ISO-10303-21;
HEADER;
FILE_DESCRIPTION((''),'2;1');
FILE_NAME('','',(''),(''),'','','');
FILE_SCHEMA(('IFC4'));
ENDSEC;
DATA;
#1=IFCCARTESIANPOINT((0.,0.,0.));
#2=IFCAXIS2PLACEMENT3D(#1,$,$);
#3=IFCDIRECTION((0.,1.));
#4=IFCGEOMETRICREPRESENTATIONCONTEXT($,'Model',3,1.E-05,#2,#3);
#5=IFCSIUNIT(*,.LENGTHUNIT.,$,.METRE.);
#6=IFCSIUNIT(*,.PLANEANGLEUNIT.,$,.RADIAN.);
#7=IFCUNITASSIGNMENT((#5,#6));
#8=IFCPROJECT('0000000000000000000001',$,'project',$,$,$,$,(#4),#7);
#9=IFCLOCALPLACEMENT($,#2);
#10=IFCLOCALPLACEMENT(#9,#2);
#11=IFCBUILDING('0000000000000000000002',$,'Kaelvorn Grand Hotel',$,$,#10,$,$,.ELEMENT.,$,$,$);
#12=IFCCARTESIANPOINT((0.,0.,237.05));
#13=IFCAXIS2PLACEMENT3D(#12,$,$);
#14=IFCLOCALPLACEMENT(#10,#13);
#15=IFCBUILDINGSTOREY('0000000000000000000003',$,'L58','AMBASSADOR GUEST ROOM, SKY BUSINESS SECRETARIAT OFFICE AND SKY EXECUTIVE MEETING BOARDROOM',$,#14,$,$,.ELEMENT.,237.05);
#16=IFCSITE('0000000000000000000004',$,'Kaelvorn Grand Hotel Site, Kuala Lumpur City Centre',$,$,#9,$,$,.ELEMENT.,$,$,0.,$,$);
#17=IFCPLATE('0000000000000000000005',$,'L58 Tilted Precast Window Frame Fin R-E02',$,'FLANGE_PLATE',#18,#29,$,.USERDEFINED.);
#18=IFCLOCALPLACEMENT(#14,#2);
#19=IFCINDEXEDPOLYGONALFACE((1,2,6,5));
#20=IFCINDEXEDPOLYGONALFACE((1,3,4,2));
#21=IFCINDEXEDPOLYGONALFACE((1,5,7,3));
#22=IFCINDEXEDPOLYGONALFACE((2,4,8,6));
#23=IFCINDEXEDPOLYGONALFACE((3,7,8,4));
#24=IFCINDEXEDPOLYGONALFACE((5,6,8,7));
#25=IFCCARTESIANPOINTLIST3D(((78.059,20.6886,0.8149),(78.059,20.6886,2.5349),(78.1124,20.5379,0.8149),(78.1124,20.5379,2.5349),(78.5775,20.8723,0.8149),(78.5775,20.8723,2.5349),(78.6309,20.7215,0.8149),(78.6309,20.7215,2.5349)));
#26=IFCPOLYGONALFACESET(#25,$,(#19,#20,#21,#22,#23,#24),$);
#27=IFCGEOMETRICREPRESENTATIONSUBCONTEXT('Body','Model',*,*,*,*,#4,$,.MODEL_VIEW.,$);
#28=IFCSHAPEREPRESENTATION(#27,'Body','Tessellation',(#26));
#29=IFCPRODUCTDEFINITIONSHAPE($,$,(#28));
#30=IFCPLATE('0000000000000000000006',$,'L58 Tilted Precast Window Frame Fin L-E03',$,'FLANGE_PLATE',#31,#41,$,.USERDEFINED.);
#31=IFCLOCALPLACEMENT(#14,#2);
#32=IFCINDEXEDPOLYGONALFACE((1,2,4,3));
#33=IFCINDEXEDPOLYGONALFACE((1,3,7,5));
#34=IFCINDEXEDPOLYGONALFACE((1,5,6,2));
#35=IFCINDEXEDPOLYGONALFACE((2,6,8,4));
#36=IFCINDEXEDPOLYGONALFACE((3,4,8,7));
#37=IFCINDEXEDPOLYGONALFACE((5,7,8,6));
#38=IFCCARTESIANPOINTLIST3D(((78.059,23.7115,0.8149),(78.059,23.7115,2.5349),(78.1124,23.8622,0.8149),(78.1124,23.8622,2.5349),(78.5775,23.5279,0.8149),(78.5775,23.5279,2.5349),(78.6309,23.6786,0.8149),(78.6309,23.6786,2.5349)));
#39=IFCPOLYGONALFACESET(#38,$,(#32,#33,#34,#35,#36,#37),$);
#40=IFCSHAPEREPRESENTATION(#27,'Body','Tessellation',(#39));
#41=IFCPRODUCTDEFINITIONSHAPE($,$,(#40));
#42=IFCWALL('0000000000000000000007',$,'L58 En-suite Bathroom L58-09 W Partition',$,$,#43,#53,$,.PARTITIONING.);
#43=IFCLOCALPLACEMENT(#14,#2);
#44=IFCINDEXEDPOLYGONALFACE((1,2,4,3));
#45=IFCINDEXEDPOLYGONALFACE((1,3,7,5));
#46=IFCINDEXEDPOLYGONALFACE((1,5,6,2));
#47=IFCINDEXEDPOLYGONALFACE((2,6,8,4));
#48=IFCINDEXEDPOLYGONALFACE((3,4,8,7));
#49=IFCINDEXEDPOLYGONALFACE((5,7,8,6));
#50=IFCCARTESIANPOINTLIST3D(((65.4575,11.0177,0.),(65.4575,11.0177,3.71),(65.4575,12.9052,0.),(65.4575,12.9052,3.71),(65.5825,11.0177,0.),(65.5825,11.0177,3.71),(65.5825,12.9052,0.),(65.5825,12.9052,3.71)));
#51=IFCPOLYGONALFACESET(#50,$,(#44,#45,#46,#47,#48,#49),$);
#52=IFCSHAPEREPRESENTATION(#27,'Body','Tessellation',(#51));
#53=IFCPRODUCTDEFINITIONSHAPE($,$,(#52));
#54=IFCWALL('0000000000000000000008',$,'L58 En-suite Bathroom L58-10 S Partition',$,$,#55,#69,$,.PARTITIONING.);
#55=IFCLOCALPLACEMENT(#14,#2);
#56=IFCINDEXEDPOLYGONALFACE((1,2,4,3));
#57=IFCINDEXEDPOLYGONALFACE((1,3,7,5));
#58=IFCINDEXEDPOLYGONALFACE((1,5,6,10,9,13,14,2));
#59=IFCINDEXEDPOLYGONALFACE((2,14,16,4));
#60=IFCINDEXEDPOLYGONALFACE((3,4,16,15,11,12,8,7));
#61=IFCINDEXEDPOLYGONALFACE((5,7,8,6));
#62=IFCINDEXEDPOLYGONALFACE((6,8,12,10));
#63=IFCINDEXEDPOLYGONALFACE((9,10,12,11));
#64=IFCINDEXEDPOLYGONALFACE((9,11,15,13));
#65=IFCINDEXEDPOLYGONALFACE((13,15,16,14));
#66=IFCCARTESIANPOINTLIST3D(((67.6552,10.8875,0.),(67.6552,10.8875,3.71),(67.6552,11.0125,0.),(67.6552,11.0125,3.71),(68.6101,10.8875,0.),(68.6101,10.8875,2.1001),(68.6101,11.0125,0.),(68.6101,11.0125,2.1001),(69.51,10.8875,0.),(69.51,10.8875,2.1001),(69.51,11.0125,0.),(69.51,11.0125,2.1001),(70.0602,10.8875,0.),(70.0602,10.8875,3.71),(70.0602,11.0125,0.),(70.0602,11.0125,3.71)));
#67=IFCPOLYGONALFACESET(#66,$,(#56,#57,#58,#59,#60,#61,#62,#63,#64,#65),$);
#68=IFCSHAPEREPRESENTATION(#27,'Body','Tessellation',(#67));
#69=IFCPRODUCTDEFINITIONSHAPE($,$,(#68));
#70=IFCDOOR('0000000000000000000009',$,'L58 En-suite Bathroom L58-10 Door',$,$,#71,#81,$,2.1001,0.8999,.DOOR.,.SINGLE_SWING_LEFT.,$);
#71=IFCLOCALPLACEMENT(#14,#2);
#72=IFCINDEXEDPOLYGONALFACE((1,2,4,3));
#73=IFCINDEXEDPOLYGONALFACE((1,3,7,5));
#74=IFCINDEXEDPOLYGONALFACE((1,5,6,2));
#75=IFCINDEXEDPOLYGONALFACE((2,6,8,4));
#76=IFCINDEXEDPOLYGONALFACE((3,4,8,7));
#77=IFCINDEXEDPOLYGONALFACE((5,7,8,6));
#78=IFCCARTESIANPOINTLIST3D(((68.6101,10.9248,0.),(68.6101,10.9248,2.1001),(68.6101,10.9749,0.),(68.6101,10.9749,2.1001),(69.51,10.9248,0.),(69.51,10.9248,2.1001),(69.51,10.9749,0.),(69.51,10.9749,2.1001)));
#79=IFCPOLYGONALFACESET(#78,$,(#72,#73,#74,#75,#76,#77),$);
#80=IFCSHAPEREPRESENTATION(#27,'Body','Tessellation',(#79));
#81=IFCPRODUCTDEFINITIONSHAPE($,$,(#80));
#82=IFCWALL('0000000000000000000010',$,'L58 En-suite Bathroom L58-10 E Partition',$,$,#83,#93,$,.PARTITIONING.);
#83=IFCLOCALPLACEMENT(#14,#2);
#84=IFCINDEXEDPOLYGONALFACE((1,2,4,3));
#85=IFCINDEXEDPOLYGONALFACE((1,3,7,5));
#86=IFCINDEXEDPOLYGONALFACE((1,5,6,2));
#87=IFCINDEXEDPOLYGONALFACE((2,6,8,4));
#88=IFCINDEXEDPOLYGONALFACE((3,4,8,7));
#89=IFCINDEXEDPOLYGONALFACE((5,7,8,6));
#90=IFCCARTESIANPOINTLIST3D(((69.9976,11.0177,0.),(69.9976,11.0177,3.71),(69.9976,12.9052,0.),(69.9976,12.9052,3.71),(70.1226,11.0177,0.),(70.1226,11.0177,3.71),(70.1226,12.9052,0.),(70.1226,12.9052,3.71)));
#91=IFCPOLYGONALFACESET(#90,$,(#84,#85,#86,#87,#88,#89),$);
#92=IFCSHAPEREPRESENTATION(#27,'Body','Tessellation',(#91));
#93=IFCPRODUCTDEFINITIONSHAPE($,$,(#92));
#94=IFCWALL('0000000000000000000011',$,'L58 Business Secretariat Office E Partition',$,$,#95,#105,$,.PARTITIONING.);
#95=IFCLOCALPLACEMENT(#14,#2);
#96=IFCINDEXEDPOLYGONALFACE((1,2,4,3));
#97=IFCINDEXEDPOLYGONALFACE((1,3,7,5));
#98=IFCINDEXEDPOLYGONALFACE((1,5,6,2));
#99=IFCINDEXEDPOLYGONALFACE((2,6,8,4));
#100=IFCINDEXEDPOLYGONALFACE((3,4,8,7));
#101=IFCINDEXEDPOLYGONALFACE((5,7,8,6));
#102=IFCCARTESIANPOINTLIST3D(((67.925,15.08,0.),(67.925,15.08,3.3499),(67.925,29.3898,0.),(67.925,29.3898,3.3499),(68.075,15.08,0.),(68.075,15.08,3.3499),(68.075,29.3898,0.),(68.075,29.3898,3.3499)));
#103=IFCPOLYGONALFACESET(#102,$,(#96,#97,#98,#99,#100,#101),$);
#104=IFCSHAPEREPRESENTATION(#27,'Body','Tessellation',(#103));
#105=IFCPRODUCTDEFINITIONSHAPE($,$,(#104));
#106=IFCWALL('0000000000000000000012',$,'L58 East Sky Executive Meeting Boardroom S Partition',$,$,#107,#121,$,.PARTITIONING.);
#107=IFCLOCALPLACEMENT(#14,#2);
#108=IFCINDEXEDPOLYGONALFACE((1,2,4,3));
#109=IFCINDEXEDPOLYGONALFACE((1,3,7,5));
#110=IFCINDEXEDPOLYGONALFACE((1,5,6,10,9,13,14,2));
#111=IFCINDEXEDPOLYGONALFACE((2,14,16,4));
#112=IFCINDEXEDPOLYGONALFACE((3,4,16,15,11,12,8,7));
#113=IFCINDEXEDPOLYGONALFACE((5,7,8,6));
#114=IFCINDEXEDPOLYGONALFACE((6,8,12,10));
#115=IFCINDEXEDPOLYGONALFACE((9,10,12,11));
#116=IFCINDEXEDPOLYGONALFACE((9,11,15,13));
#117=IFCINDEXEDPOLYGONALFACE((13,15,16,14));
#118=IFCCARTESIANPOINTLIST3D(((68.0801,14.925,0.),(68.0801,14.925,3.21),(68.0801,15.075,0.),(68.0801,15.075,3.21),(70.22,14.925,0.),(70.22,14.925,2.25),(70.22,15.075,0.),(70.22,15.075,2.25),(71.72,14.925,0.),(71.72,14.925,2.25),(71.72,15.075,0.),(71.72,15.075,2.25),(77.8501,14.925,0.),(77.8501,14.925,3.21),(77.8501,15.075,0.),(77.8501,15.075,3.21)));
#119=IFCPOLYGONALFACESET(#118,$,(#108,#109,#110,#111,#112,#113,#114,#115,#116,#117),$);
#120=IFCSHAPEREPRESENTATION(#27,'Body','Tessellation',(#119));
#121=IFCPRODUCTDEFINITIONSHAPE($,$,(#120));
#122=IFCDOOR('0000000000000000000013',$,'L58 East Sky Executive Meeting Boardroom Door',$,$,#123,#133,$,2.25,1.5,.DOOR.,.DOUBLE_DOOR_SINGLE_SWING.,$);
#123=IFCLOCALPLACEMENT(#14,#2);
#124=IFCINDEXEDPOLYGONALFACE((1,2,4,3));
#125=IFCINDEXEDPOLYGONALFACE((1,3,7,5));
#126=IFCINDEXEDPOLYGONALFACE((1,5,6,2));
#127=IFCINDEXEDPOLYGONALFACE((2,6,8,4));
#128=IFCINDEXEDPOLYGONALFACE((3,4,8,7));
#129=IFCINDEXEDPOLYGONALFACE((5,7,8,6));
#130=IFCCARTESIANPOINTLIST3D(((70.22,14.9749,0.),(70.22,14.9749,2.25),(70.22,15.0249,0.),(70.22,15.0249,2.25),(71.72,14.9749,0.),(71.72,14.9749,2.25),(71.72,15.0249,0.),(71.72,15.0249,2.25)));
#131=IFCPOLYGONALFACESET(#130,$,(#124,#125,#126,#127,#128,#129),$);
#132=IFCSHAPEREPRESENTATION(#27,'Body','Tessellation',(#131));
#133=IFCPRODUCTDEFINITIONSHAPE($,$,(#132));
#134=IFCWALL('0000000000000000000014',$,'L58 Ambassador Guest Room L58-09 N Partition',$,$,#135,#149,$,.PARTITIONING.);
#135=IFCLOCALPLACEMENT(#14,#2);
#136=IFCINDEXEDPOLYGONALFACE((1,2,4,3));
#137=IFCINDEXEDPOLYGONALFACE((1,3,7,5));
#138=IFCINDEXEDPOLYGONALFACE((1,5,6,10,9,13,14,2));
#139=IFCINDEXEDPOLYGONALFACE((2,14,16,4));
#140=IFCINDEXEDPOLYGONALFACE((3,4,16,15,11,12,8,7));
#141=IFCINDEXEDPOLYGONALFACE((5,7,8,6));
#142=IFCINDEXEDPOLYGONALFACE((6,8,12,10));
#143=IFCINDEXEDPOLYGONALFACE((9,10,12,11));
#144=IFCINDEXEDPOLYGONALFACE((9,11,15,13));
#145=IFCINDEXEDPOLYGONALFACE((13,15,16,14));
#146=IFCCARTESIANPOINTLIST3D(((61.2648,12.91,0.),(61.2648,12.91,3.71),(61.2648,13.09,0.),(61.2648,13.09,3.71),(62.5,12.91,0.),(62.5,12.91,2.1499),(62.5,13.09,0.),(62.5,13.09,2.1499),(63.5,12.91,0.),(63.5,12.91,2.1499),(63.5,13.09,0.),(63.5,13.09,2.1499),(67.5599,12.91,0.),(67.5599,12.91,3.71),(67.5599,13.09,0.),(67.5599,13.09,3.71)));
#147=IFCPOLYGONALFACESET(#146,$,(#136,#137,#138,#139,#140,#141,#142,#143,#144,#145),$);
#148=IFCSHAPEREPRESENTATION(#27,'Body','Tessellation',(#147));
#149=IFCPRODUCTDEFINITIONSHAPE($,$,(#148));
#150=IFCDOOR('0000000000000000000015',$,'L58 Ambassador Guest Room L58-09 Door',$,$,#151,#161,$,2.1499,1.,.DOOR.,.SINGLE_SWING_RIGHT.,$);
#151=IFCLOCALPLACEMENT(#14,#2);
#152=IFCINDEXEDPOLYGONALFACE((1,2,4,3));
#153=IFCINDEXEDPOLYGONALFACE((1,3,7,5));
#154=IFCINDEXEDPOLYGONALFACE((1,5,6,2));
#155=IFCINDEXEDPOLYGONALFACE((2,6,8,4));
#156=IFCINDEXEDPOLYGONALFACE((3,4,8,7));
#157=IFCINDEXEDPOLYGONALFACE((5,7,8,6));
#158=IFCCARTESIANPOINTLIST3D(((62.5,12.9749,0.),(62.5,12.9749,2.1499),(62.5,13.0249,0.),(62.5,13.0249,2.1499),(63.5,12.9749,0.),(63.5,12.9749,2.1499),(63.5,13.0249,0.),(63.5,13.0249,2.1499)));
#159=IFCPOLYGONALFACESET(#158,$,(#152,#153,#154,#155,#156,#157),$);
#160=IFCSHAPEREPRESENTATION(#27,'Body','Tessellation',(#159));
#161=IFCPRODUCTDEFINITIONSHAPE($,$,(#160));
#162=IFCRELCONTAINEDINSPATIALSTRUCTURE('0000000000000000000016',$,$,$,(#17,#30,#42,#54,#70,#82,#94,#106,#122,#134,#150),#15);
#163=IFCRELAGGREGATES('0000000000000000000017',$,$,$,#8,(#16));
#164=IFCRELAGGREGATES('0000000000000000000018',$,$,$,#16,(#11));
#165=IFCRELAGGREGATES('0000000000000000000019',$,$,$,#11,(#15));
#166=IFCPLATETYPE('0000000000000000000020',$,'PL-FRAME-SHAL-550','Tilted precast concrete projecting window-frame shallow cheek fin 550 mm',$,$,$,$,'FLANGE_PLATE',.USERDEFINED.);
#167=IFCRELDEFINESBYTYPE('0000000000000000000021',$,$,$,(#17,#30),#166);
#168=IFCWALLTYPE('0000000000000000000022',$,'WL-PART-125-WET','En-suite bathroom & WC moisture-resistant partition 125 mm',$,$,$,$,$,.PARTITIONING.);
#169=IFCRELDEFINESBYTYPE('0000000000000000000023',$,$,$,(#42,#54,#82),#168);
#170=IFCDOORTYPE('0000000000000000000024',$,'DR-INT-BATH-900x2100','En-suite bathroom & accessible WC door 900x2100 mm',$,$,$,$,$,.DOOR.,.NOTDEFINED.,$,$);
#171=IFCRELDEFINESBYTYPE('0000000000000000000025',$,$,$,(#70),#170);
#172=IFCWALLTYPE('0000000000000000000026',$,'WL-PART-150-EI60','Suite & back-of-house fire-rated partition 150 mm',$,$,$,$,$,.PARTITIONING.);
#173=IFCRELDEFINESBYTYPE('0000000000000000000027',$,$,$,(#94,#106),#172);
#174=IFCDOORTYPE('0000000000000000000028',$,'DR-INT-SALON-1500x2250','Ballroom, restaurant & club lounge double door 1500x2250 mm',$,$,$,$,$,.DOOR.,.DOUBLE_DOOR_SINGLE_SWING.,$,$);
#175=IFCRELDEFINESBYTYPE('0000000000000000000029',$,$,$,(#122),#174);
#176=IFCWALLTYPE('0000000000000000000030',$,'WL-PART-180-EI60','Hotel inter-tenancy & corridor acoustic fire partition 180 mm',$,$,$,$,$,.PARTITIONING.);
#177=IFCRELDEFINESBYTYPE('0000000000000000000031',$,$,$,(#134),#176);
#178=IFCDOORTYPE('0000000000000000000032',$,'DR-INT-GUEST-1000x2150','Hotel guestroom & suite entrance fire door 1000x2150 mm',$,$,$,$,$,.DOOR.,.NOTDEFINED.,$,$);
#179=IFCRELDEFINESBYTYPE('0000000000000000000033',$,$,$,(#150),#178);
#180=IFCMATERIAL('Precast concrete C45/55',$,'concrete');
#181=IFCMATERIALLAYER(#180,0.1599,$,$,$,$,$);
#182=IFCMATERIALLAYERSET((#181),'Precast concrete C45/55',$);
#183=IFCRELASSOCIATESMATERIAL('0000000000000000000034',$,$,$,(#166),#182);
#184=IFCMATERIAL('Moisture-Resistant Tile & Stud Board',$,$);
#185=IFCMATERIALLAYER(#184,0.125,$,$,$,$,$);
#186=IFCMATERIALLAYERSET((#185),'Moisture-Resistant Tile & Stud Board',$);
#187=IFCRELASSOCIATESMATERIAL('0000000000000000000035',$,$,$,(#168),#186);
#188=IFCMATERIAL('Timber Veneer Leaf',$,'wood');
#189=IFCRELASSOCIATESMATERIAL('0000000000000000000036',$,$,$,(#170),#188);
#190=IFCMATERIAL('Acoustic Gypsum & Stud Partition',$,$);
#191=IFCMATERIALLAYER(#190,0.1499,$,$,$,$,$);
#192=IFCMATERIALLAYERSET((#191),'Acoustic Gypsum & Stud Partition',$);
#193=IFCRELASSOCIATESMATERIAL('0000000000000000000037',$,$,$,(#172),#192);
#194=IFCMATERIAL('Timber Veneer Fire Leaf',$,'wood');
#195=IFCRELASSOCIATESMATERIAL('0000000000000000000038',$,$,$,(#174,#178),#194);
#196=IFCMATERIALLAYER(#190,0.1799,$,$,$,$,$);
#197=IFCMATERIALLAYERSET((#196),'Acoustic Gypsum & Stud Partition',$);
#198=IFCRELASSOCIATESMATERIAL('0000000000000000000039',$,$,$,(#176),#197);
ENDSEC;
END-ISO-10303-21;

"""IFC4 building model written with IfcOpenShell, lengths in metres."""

from ifc_helpers import new_model, si_unit, direction, frame, frame_2d, origin, origin_2d, place, context, subcontext, project, spatial, rectangle, extrude, material, layer, layer_set, type_object, element, fill, save


model = new_model("IFC4")

# Units and contexts
model_context = context("Model", 3, precision=1e-05, world=origin(), true_north=direction((0.0, 1.0)))
body_context = subcontext(model_context, "Body", "Model", "MODEL_VIEW")
ifc_project = project(units=[si_unit("LENGTHUNIT", "METRE"), si_unit("PLANEANGLEUNIT", "RADIAN")], contexts=[model_context])

# Site, building, storey
site_placement = place(None, origin())
site = spatial("IfcSite", under=ifc_project, at=site_placement, Name="Kaelvorn Grand Hotel Site, Kuala Lumpur City Centre", CompositionType="ELEMENT", RefElevation=0.0)
building_placement = place(site_placement, origin())
building = spatial("IfcBuilding", under=site, at=building_placement, Name="Kaelvorn Grand Hotel", CompositionType="ELEMENT")
storey_placement = place(building_placement, frame((0.0, 0.0, 237.05)))
storey = spatial("IfcBuildingStorey", under=building, at=storey_placement, Name="L58", Description="AMBASSADOR GUEST ROOM, SKY BUSINESS SECRETARIAT OFFICE AND SKY EXECUTIVE MEETING BOARDROOM", CompositionType="ELEMENT", Elevation=237.05)

# Plates
ifc_material_1 = material(Name="Precast concrete C45/55", Category="concrete")
ifc_layer_1 = layer(ifc_material_1, 0.1599)
ifc_layer_set_1 = layer_set([ifc_layer_1], Name="Precast concrete C45/55")
plate_type_1 = type_object("IfcPlateType", Name="PL-FRAME-SHAL-550", Description="Tilted precast concrete projecting window-frame shallow cheek fin 550 mm", ElementType="FLANGE_PLATE", PredefinedType="USERDEFINED", material=ifc_layer_set_1)
for number, where, z_axis, x_axis, name in (
    (1, (78.345, 20.7051, 0.8149), (0.0, 0.0, 1.0), (-0.333807, 0.942641, 0.0), "L58 Tilted Precast Window Frame Fin R-E02"),
    (2, (78.345, 23.6951, 0.8149), (0.0, 0.0, 1.0), (0.333807, 0.942641, 0.0), "L58 Tilted Precast Window Frame Fin L-E03"),
):
    element("IfcPlate", number, at=place(storey_placement, frame(where, z_axis=z_axis, x_axis=x_axis)), inside=storey, type_object=plate_type_1, Name=name, ObjectType="FLANGE_PLATE", PredefinedType="USERDEFINED", context=body_context, shape_type="SweptSolid", body=[
        extrude(rectangle(XDim=0.1599, YDim=0.55, at=origin_2d()), origin(), (0.0, 0.0, 1.0), 1.72),
    ])

# Wall
ifc_material_2 = material(Name="Moisture-Resistant Tile & Stud Board")
ifc_layer_2 = layer(ifc_material_2, 0.125)
ifc_layer_set_2 = layer_set([ifc_layer_2], Name="Moisture-Resistant Tile & Stud Board")
wall_type_1 = type_object("IfcWallType", Name="WL-PART-125-WET", Description="En-suite bathroom & WC moisture-resistant partition 125 mm", PredefinedType="PARTITIONING", material=ifc_layer_set_2)
wall_1_placement = place(storey_placement, frame((65.52, 11.0176, 0.0), z_axis=(0.0, 0.0, 1.0), x_axis=(0.0, 1.0, 0.0)))
element("IfcWall", 3, at=wall_1_placement, inside=storey, type_object=wall_type_1, Name="L58 En-suite Bathroom L58-09 W Partition", PredefinedType="PARTITIONING", context=body_context, shape_type="SweptSolid", body=[
    extrude(rectangle(XDim=1.8875, YDim=0.125, at=frame_2d((0.9438, 0.0))), origin(), (0.0, 0.0, 1.0), 3.71),
])

# Wall, opening, door
wall_2_placement = place(storey_placement, frame((67.655, 10.95, 0.0), z_axis=(0.0, 0.0, 1.0), x_axis=(1.0, 0.0, 0.0)))
wall_2 = element("IfcWall", 4, at=wall_2_placement, inside=storey, type_object=wall_type_1, Name="L58 En-suite Bathroom L58-10 S Partition", PredefinedType="PARTITIONING", context=body_context, shape_type="SweptSolid", body=[
    extrude(rectangle(XDim=2.405, YDim=0.125, at=frame_2d((1.2026, 0.0))), origin(), (0.0, 0.0, 1.0), 3.71),
])
opening_1_placement = place(wall_2_placement, frame((0.9551, 0.0, 0.0)))
opening_1 = element("IfcOpeningElement", 5, at=opening_1_placement, cuts=wall_2, PredefinedType="OPENING", context=body_context, shape_type="SweptSolid", body=[
    extrude(rectangle(XDim=0.8999, YDim=2.1001, at=frame_2d((0.45, 1.05))), frame((0.0, 0.0725, 0.0), z_axis=(0.0, -1.0, 0.0), x_axis=(1.0, 0.0, 0.0)), (0.0, 0.0, 1.0), 0.145),
])
ifc_material_3 = material(Name="Timber Veneer Leaf", Category="wood")
door_type_1 = type_object("IfcDoorType", Name="DR-INT-BATH-900x2100", Description="En-suite bathroom & accessible WC door 900x2100 mm", OperationType="NOTDEFINED", PredefinedType="DOOR", material=ifc_material_3)
door_1_placement = place(opening_1_placement, origin())
door_1 = element("IfcDoor", 6, at=door_1_placement, inside=storey, type_object=door_type_1, Name="L58 En-suite Bathroom L58-10 Door", OperationType="SINGLE_SWING_LEFT", OverallHeight=2.1001, OverallWidth=0.8999, PredefinedType="DOOR", context=body_context, shape_type="SweptSolid", body=[
    extrude(rectangle(XDim=0.8999, YDim=2.1001, at=frame_2d((0.45, 1.05))), frame((0.0, 0.0249, 0.0), z_axis=(0.0, -1.0, 0.0), x_axis=(1.0, 0.0, 0.0)), (0.0, 0.0, 1.0), 0.05),
])
fill(opening_1, door_1)

# Walls
wall_3_placement = place(storey_placement, frame((70.0601, 11.0176, 0.0), z_axis=(0.0, 0.0, 1.0), x_axis=(0.0, 1.0, 0.0)))
element("IfcWall", 7, at=wall_3_placement, inside=storey, type_object=wall_type_1, Name="L58 En-suite Bathroom L58-10 E Partition", PredefinedType="PARTITIONING", context=body_context, shape_type="SweptSolid", body=[
    extrude(rectangle(XDim=1.8875, YDim=0.125, at=frame_2d((0.9438, 0.0))), origin(), (0.0, 0.0, 1.0), 3.71),
])
ifc_material_4 = material(Name="Acoustic Gypsum & Stud Partition")
ifc_layer_3 = layer(ifc_material_4, 0.1499)
ifc_layer_set_3 = layer_set([ifc_layer_3], Name="Acoustic Gypsum & Stud Partition")
wall_type_2 = type_object("IfcWallType", Name="WL-PART-150-EI60", Description="Suite & back-of-house fire-rated partition 150 mm", PredefinedType="PARTITIONING", material=ifc_layer_set_3)
wall_4_placement = place(storey_placement, frame((68.0, 15.0801, 0.0), z_axis=(0.0, 0.0, 1.0), x_axis=(0.0, 1.0, 0.0)))
element("IfcWall", 8, at=wall_4_placement, inside=storey, type_object=wall_type_2, Name="L58 Business Secretariat Office E Partition", PredefinedType="PARTITIONING", context=body_context, shape_type="SweptSolid", body=[
    extrude(rectangle(XDim=14.3098, YDim=0.1499, at=frame_2d((7.1548, 0.0))), origin(), (0.0, 0.0, 1.0), 3.3499),
])

# Walls, openings, doors
wall_5_placement = place(storey_placement, frame((68.0801, 15.0, 0.0), z_axis=(0.0, 0.0, 1.0), x_axis=(1.0, 0.0, 0.0)))
wall_5 = element("IfcWall", 9, at=wall_5_placement, inside=storey, type_object=wall_type_2, Name="L58 East Sky Executive Meeting Boardroom S Partition", PredefinedType="PARTITIONING", context=body_context, shape_type="SweptSolid", body=[
    extrude(rectangle(XDim=9.77, YDim=0.1499, at=frame_2d((4.885, 0.0))), origin(), (0.0, 0.0, 1.0), 3.21),
])
opening_2_placement = place(wall_5_placement, frame((2.1399, 0.0, 0.0)))
opening_2 = element("IfcOpeningElement", 10, at=opening_2_placement, cuts=wall_5, PredefinedType="OPENING", context=body_context, shape_type="SweptSolid", body=[
    extrude(rectangle(XDim=1.5, YDim=2.25, at=frame_2d((0.75, 1.125))), frame((0.0, 0.085, 0.0), z_axis=(0.0, -1.0, 0.0), x_axis=(1.0, 0.0, 0.0)), (0.0, 0.0, 1.0), 0.1699),
])
ifc_material_5 = material(Name="Timber Veneer Fire Leaf", Category="wood")
door_type_2 = type_object("IfcDoorType", Name="DR-INT-SALON-1500x2250", Description="Ballroom, restaurant & club lounge double door 1500x2250 mm", OperationType="DOUBLE_DOOR_SINGLE_SWING", PredefinedType="DOOR", material=ifc_material_5)
door_2_placement = place(opening_2_placement, origin())
door_2 = element("IfcDoor", 11, at=door_2_placement, inside=storey, type_object=door_type_2, Name="L58 East Sky Executive Meeting Boardroom Door", OperationType="DOUBLE_DOOR_SINGLE_SWING", OverallHeight=2.25, OverallWidth=1.5, PredefinedType="DOOR", context=body_context, shape_type="SweptSolid", body=[
    extrude(rectangle(XDim=1.5, YDim=2.25, at=frame_2d((0.75, 1.125))), frame((0.0, 0.0249, 0.0), z_axis=(0.0, -1.0, 0.0), x_axis=(1.0, 0.0, 0.0)), (0.0, 0.0, 1.0), 0.05),
])
fill(opening_2, door_2)
ifc_layer_4 = layer(ifc_material_4, 0.1799)
ifc_layer_set_4 = layer_set([ifc_layer_4], Name="Acoustic Gypsum & Stud Partition")
wall_type_3 = type_object("IfcWallType", Name="WL-PART-180-EI60", Description="Hotel inter-tenancy & corridor acoustic fire partition 180 mm", PredefinedType="PARTITIONING", material=ifc_layer_set_4)
wall_6_placement = place(storey_placement, frame((61.2649, 13.0, 0.0), z_axis=(0.0, 0.0, 1.0), x_axis=(1.0, 0.0, 0.0)))
wall_6 = element("IfcWall", 12, at=wall_6_placement, inside=storey, type_object=wall_type_3, Name="L58 Ambassador Guest Room L58-09 N Partition", PredefinedType="PARTITIONING", context=body_context, shape_type="SweptSolid", body=[
    extrude(rectangle(XDim=6.2952, YDim=0.1799, at=frame_2d((3.1475, 0.0))), origin(), (0.0, 0.0, 1.0), 3.71),
])
opening_3_placement = place(wall_6_placement, frame((1.2351, 0.0, 0.0)))
opening_3 = element("IfcOpeningElement", 13, at=opening_3_placement, cuts=wall_6, PredefinedType="OPENING", context=body_context, shape_type="SweptSolid", body=[
    extrude(rectangle(XDim=1.0, YDim=2.1499, at=frame_2d((0.5, 1.075))), frame((0.0, 0.1001, 0.0), z_axis=(0.0, -1.0, 0.0), x_axis=(1.0, 0.0, 0.0)), (0.0, 0.0, 1.0), 0.2),
])
door_type_3 = type_object("IfcDoorType", Name="DR-INT-GUEST-1000x2150", Description="Hotel guestroom & suite entrance fire door 1000x2150 mm", OperationType="NOTDEFINED", PredefinedType="DOOR", material=ifc_material_5)
door_3_placement = place(opening_3_placement, origin())
door_3 = element("IfcDoor", 14, at=door_3_placement, inside=storey, type_object=door_type_3, Name="L58 Ambassador Guest Room L58-09 Door", OperationType="SINGLE_SWING_RIGHT", OverallHeight=2.1499, OverallWidth=1.0, PredefinedType="DOOR", context=body_context, shape_type="SweptSolid", body=[
    extrude(rectangle(XDim=1.0, YDim=2.1499, at=frame_2d((0.5, 1.075))), frame((0.0, 0.0249, 0.0), z_axis=(0.0, -1.0, 0.0), x_axis=(1.0, 0.0, 0.0)), (0.0, 0.0, 1.0), 0.05),
])
fill(opening_3, door_3)

save(model, "model.ifc")
